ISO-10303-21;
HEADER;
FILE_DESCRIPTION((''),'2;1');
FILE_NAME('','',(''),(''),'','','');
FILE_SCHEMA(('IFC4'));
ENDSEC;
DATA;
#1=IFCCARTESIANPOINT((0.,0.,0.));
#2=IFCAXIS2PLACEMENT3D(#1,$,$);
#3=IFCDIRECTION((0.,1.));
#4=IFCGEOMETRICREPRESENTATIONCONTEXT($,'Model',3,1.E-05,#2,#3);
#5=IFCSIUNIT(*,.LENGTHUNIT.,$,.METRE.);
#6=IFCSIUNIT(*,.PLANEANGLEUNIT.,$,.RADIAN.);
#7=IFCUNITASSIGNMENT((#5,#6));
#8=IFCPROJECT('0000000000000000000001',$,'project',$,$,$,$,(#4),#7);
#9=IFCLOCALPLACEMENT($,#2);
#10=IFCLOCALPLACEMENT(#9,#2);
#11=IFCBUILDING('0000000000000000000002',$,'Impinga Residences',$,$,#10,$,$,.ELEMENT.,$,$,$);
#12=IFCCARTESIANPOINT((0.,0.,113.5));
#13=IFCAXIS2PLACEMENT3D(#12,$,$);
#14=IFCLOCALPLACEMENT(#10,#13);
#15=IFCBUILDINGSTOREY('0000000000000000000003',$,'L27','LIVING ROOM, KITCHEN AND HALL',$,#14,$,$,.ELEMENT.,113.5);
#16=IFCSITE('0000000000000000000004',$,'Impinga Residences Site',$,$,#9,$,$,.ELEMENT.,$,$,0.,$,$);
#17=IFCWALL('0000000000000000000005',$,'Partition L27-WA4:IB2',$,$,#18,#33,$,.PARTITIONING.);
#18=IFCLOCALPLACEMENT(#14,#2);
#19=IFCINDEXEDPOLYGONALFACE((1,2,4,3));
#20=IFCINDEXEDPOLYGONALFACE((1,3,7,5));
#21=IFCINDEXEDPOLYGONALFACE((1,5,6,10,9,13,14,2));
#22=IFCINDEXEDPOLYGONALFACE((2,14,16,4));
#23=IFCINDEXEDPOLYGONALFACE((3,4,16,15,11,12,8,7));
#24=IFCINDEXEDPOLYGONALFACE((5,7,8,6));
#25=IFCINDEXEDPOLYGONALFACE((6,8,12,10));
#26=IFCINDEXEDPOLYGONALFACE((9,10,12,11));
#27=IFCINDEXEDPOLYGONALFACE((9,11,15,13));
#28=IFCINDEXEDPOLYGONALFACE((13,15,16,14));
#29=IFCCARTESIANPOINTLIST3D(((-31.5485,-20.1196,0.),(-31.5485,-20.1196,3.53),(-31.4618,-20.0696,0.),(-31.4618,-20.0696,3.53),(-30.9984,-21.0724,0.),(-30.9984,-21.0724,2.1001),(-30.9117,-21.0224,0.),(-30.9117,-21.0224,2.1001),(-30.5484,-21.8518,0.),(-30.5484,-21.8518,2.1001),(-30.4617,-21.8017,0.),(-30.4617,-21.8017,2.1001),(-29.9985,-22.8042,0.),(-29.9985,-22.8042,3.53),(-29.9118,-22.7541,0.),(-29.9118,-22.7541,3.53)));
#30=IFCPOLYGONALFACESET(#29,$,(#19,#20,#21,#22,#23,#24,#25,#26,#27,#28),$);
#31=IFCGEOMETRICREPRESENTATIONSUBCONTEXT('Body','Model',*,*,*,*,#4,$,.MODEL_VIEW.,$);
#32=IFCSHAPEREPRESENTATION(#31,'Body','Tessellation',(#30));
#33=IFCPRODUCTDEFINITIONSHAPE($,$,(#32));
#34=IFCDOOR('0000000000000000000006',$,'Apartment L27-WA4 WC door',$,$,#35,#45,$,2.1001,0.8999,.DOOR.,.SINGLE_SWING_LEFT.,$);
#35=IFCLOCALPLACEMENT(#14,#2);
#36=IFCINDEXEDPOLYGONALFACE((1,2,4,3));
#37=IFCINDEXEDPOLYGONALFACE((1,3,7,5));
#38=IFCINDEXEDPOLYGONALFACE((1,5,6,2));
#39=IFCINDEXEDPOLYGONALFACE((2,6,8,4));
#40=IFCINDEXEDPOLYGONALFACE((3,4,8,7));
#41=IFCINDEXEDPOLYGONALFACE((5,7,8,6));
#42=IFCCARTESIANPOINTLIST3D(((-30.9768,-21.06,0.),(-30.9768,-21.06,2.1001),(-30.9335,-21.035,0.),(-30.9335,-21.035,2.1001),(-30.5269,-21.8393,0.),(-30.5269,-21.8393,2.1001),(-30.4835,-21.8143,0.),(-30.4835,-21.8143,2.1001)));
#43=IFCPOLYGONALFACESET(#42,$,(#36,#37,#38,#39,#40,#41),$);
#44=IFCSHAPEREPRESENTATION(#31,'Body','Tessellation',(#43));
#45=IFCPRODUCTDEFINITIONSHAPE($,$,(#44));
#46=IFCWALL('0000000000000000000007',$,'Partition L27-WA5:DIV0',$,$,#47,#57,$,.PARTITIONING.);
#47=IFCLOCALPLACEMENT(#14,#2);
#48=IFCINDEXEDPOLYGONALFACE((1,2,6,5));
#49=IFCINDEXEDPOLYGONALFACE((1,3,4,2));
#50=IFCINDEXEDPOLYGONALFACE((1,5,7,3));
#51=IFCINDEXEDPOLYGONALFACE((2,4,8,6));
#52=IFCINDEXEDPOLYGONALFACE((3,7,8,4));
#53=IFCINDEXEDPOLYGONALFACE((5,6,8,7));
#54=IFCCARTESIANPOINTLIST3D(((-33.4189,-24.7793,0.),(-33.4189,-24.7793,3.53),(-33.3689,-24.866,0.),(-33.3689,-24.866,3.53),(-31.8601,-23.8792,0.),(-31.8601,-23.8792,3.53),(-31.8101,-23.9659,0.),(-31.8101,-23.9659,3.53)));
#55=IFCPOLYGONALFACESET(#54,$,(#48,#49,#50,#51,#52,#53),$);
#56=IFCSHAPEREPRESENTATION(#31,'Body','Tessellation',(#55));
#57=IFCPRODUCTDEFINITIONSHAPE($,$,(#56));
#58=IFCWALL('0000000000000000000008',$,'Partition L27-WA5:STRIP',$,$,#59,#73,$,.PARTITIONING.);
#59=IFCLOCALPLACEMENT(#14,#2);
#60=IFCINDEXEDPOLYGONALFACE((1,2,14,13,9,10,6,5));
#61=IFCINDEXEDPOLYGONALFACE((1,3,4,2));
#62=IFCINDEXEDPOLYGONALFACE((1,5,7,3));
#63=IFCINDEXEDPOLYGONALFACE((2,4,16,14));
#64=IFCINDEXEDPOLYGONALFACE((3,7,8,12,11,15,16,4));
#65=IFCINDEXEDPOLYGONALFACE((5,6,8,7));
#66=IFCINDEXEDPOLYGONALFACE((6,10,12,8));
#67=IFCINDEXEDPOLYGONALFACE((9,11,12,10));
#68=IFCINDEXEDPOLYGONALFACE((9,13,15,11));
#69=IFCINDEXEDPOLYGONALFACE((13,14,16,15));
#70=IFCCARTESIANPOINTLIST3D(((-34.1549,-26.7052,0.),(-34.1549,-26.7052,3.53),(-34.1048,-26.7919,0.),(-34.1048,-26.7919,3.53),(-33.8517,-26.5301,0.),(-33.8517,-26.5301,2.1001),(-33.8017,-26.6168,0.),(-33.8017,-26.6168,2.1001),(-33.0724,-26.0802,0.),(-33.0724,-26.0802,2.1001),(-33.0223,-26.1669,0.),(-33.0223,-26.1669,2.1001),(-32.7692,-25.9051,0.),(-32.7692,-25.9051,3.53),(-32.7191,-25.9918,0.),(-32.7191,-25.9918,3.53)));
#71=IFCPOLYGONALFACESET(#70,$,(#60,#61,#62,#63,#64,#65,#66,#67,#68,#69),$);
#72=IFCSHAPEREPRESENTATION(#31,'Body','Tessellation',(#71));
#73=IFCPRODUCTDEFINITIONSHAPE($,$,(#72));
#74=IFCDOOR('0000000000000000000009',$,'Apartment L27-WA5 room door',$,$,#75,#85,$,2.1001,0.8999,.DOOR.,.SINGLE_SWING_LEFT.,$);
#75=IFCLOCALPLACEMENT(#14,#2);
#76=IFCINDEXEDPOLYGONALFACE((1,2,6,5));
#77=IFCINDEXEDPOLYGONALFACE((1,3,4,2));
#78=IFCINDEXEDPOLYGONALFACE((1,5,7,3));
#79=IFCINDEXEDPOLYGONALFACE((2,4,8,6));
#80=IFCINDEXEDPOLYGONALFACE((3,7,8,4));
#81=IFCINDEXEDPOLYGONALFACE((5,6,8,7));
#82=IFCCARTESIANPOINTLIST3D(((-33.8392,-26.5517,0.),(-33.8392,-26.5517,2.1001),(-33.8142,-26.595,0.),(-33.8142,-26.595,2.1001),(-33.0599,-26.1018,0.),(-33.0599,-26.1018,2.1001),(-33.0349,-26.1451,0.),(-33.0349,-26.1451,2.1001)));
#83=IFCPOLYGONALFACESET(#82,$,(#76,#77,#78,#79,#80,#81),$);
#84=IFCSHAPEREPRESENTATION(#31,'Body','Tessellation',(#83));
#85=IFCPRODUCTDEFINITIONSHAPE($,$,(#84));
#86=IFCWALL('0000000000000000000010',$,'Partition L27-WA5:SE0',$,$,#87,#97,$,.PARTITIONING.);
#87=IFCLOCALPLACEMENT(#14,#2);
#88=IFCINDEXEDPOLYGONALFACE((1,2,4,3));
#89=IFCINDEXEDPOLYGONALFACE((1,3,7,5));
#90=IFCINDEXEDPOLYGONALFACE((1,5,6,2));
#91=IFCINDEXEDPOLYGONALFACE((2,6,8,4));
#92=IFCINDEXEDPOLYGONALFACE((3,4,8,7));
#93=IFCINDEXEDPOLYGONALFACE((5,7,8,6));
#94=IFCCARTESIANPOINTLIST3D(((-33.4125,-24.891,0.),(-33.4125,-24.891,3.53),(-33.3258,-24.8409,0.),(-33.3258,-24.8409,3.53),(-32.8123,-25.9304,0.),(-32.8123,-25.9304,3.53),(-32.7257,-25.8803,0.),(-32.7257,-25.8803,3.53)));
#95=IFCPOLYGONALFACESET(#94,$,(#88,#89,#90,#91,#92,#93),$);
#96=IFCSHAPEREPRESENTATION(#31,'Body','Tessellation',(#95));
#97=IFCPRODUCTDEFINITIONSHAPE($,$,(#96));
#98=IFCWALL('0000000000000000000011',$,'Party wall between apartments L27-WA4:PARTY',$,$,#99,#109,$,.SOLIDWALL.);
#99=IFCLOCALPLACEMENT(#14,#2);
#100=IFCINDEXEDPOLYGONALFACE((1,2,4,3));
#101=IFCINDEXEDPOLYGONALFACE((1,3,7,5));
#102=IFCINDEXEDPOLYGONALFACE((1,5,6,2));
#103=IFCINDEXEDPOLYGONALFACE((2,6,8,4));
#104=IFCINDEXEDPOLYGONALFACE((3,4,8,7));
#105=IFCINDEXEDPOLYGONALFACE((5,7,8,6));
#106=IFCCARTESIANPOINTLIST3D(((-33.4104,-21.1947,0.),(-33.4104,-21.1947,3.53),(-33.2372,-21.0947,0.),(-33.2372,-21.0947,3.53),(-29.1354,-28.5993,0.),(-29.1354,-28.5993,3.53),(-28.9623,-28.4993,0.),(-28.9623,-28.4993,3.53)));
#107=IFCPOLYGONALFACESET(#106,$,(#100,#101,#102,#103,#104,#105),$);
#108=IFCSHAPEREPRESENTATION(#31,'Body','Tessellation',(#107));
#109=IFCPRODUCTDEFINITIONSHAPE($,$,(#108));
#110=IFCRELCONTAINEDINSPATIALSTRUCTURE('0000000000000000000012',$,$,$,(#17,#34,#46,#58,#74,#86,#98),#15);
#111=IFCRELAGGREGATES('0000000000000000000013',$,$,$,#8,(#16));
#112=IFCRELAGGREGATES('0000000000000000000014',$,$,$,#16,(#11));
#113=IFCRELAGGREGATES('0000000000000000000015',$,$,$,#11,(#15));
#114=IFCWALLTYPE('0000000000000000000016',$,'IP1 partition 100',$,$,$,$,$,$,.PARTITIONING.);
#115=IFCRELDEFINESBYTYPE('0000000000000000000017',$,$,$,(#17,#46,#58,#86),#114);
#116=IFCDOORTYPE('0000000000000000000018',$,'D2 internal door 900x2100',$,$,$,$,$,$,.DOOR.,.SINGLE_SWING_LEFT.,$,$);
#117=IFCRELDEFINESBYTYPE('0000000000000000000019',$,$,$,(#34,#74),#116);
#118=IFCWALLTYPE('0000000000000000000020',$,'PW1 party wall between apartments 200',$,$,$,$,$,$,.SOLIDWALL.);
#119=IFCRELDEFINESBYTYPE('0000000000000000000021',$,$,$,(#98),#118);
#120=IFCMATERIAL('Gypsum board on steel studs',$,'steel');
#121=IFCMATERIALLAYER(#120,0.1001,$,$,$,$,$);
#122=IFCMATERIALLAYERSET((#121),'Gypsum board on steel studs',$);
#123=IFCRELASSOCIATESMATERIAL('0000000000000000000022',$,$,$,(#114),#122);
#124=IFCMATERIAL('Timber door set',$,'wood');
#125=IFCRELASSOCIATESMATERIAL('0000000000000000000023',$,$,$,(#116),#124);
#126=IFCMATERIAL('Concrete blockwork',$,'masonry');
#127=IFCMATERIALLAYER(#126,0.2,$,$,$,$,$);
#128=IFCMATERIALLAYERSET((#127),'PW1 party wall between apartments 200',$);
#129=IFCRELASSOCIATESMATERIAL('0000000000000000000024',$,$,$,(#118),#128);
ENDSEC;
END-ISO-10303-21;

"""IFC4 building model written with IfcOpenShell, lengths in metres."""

from ifc_helpers import new_model, si_unit, direction, frame, frame_2d, origin, place, context, subcontext, project, spatial, rectangle, extrude, material, layer, layer_set, type_object, element, fill, save


model = new_model("IFC4")

# Units and contexts
model_context = context("Model", 3, precision=1e-05, world=origin(), true_north=direction((0.0, 1.0)))
body_context = subcontext(model_context, "Body", "Model", "MODEL_VIEW")
ifc_project = project(units=[si_unit("LENGTHUNIT", "METRE"), si_unit("PLANEANGLEUNIT", "RADIAN")], contexts=[model_context])

# Site, building, storey
site_placement = place(None, origin())
site = spatial("IfcSite", under=ifc_project, at=site_placement, Name="Impinga Residences Site", CompositionType="ELEMENT", RefElevation=0.0)
building_placement = place(site_placement, origin())
building = spatial("IfcBuilding", under=site, at=building_placement, Name="Impinga Residences", CompositionType="ELEMENT")
storey_placement = place(building_placement, frame((0.0, 0.0, 113.5)))
storey = spatial("IfcBuildingStorey", under=building, at=storey_placement, Name="L27", Description="LIVING ROOM, KITCHEN AND HALL", CompositionType="ELEMENT", Elevation=113.5)

# Shared definitions
ifc_material_1 = material(Name="Concrete blockwork", Category="masonry")
ifc_material_2 = material(Name="Timber door set", Category="wood")

# Shared definitions
ifc_material_3 = material(Name="Gypsum board on steel studs", Category="steel")
ifc_layer_1 = layer(ifc_material_3, 0.1001)
ifc_layer_set_1 = layer_set([ifc_layer_1], Name="Gypsum board on steel studs")
wall_type_1 = type_object("IfcWallType", Name="IP1 partition 100", PredefinedType="PARTITIONING", material=ifc_layer_set_1)

# Wall, opening, door
door_type_1 = type_object("IfcDoorType", Name="D2 internal door 900x2100", OperationType="SINGLE_SWING_LEFT", PredefinedType="DOOR", material=ifc_material_2)
wall_1_placement = place(storey_placement, frame((-31.5051, -20.0947, 0.0), z_axis=(0.0, 0.0, 1.0), x_axis=(0.500027, -0.86601, 0.0)))
wall_1 = element("IfcWall", 1, at=wall_1_placement, inside=storey, type_object=wall_type_1, Name="Partition L27-WA4:IB2", PredefinedType="PARTITIONING", context=body_context, shape_type="SweptSolid", body=[
    extrude(rectangle(XDim=3.0999, YDim=0.1001, at=frame_2d((1.5498, 0.0))), origin(), (0.0, 0.0, 1.0), 3.53),
])
opening_1_placement = place(wall_1_placement, frame((1.1001, 0.0, 0.0)))
opening_1 = element("IfcOpeningElement", 2, at=opening_1_placement, cuts=wall_1, PredefinedType="OPENING", context=body_context, shape_type="SweptSolid", body=[
    extrude(rectangle(XDim=0.8999, YDim=2.1001, at=frame_2d((0.45, 1.05))), frame((0.0, 0.0601, 0.0), z_axis=(0.0, -1.0, 0.0), x_axis=(1.0, 0.0, 0.0)), (0.0, 0.0, 1.0), 0.1201),
])
door_1_placement = place(opening_1_placement, origin())
door_1 = element("IfcDoor", 3, at=door_1_placement, inside=storey, type_object=door_type_1, Name="Apartment L27-WA4 WC door", OperationType="SINGLE_SWING_LEFT", OverallHeight=2.1001, OverallWidth=0.8999, PredefinedType="DOOR", context=body_context, shape_type="SweptSolid", body=[
    extrude(rectangle(XDim=0.8999, YDim=2.1001, at=frame_2d((0.45, 1.05))), frame((0.0, 0.0249, 0.0), z_axis=(0.0, -1.0, 0.0), x_axis=(1.0, 0.0, 0.0)), (0.0, 0.0, 1.0), 0.05),
])
fill(opening_1, door_1)

# Wall
wall_2_placement = place(storey_placement, frame((-31.8352, -23.9226, 0.0), z_axis=(0.0, 0.0, 1.0), x_axis=(-0.865989, -0.500063, 0.0)))
element("IfcWall", 4, at=wall_2_placement, inside=storey, type_object=wall_type_1, Name="Partition L27-WA5:DIV0", PredefinedType="PARTITIONING", context=body_context, shape_type="SweptSolid", body=[
    extrude(rectangle(XDim=1.8, YDim=0.1001, at=frame_2d((0.8999, 0.0))), origin(), (0.0, 0.0, 1.0), 3.53),
])

# Wall, opening, door
wall_3_placement = place(storey_placement, frame((-32.7441, -25.9485, 0.0), z_axis=(0.0, 0.0, 1.0), x_axis=(-0.866028, -0.499995, 0.0)))
wall_3 = element("IfcWall", 5, at=wall_3_placement, inside=storey, type_object=wall_type_1, Name="Partition L27-WA5:STRIP", PredefinedType="PARTITIONING", context=body_context, shape_type="SweptSolid", body=[
    extrude(rectangle(XDim=1.6001, YDim=0.1001, at=frame_2d((0.8, 0.0))), origin(), (0.0, 0.0, 1.0), 3.53),
])
opening_2_placement = place(wall_3_placement, frame((0.3501, 0.0, 0.0)))
opening_2 = element("IfcOpeningElement", 6, at=opening_2_placement, cuts=wall_3, PredefinedType="OPENING", context=body_context, shape_type="SweptSolid", body=[
    extrude(rectangle(XDim=0.8999, YDim=2.1001, at=frame_2d((0.45, 1.05))), frame((0.0, 0.0601, 0.0), z_axis=(0.0, -1.0, 0.0), x_axis=(1.0, 0.0, 0.0)), (0.0, 0.0, 1.0), 0.1201),
])
door_2_placement = place(opening_2_placement, origin())
door_2 = element("IfcDoor", 7, at=door_2_placement, inside=storey, type_object=door_type_1, Name="Apartment L27-WA5 room door", OperationType="SINGLE_SWING_LEFT", OverallHeight=2.1001, OverallWidth=0.8999, PredefinedType="DOOR", context=body_context, shape_type="SweptSolid", body=[
    extrude(rectangle(XDim=0.8999, YDim=2.1001, at=frame_2d((0.45, 1.05))), frame((0.0, 0.0249, 0.0), z_axis=(0.0, -1.0, 0.0), x_axis=(1.0, 0.0, 0.0)), (0.0, 0.0, 1.0), 0.05),
])
fill(opening_2, door_2)

# Walls
wall_4_placement = place(storey_placement, frame((-33.3691, -24.866, 0.0), z_axis=(0.0, 0.0, 1.0), x_axis=(0.500034, -0.866006, 0.0)))
element("IfcWall", 8, at=wall_4_placement, inside=storey, type_object=wall_type_1, Name="Partition L27-WA5:SE0", PredefinedType="PARTITIONING", context=body_context, shape_type="SweptSolid", body=[
    extrude(rectangle(XDim=1.2002, YDim=0.1001, at=frame_2d((0.6001, 0.0))), origin(), (0.0, 0.0, 1.0), 3.53),
])
ifc_layer_2 = layer(ifc_material_1, 0.2)
ifc_layer_set_2 = layer_set([ifc_layer_2], Name="PW1 party wall between apartments 200")
wall_type_2 = type_object("IfcWallType", Name="PW1 party wall between apartments 200", PredefinedType="SOLIDWALL", material=ifc_layer_set_2)
wall_5_placement = place(storey_placement, frame((-33.3237, -21.1448, 0.0), z_axis=(0.0, 0.0, 1.0), x_axis=(0.49999, -0.866031, 0.0)))
element("IfcWall", 9, at=wall_5_placement, inside=storey, type_object=wall_type_2, Name="Party wall between apartments L27-WA4:PARTY", PredefinedType="SOLIDWALL", context=body_context, shape_type="SweptSolid", body=[
    extrude(rectangle(XDim=8.55, YDim=0.2, at=frame_2d((4.2749, 0.0))), origin(), (0.0, 0.0, 1.0), 3.53),
])

save(model, "model.ifc")
